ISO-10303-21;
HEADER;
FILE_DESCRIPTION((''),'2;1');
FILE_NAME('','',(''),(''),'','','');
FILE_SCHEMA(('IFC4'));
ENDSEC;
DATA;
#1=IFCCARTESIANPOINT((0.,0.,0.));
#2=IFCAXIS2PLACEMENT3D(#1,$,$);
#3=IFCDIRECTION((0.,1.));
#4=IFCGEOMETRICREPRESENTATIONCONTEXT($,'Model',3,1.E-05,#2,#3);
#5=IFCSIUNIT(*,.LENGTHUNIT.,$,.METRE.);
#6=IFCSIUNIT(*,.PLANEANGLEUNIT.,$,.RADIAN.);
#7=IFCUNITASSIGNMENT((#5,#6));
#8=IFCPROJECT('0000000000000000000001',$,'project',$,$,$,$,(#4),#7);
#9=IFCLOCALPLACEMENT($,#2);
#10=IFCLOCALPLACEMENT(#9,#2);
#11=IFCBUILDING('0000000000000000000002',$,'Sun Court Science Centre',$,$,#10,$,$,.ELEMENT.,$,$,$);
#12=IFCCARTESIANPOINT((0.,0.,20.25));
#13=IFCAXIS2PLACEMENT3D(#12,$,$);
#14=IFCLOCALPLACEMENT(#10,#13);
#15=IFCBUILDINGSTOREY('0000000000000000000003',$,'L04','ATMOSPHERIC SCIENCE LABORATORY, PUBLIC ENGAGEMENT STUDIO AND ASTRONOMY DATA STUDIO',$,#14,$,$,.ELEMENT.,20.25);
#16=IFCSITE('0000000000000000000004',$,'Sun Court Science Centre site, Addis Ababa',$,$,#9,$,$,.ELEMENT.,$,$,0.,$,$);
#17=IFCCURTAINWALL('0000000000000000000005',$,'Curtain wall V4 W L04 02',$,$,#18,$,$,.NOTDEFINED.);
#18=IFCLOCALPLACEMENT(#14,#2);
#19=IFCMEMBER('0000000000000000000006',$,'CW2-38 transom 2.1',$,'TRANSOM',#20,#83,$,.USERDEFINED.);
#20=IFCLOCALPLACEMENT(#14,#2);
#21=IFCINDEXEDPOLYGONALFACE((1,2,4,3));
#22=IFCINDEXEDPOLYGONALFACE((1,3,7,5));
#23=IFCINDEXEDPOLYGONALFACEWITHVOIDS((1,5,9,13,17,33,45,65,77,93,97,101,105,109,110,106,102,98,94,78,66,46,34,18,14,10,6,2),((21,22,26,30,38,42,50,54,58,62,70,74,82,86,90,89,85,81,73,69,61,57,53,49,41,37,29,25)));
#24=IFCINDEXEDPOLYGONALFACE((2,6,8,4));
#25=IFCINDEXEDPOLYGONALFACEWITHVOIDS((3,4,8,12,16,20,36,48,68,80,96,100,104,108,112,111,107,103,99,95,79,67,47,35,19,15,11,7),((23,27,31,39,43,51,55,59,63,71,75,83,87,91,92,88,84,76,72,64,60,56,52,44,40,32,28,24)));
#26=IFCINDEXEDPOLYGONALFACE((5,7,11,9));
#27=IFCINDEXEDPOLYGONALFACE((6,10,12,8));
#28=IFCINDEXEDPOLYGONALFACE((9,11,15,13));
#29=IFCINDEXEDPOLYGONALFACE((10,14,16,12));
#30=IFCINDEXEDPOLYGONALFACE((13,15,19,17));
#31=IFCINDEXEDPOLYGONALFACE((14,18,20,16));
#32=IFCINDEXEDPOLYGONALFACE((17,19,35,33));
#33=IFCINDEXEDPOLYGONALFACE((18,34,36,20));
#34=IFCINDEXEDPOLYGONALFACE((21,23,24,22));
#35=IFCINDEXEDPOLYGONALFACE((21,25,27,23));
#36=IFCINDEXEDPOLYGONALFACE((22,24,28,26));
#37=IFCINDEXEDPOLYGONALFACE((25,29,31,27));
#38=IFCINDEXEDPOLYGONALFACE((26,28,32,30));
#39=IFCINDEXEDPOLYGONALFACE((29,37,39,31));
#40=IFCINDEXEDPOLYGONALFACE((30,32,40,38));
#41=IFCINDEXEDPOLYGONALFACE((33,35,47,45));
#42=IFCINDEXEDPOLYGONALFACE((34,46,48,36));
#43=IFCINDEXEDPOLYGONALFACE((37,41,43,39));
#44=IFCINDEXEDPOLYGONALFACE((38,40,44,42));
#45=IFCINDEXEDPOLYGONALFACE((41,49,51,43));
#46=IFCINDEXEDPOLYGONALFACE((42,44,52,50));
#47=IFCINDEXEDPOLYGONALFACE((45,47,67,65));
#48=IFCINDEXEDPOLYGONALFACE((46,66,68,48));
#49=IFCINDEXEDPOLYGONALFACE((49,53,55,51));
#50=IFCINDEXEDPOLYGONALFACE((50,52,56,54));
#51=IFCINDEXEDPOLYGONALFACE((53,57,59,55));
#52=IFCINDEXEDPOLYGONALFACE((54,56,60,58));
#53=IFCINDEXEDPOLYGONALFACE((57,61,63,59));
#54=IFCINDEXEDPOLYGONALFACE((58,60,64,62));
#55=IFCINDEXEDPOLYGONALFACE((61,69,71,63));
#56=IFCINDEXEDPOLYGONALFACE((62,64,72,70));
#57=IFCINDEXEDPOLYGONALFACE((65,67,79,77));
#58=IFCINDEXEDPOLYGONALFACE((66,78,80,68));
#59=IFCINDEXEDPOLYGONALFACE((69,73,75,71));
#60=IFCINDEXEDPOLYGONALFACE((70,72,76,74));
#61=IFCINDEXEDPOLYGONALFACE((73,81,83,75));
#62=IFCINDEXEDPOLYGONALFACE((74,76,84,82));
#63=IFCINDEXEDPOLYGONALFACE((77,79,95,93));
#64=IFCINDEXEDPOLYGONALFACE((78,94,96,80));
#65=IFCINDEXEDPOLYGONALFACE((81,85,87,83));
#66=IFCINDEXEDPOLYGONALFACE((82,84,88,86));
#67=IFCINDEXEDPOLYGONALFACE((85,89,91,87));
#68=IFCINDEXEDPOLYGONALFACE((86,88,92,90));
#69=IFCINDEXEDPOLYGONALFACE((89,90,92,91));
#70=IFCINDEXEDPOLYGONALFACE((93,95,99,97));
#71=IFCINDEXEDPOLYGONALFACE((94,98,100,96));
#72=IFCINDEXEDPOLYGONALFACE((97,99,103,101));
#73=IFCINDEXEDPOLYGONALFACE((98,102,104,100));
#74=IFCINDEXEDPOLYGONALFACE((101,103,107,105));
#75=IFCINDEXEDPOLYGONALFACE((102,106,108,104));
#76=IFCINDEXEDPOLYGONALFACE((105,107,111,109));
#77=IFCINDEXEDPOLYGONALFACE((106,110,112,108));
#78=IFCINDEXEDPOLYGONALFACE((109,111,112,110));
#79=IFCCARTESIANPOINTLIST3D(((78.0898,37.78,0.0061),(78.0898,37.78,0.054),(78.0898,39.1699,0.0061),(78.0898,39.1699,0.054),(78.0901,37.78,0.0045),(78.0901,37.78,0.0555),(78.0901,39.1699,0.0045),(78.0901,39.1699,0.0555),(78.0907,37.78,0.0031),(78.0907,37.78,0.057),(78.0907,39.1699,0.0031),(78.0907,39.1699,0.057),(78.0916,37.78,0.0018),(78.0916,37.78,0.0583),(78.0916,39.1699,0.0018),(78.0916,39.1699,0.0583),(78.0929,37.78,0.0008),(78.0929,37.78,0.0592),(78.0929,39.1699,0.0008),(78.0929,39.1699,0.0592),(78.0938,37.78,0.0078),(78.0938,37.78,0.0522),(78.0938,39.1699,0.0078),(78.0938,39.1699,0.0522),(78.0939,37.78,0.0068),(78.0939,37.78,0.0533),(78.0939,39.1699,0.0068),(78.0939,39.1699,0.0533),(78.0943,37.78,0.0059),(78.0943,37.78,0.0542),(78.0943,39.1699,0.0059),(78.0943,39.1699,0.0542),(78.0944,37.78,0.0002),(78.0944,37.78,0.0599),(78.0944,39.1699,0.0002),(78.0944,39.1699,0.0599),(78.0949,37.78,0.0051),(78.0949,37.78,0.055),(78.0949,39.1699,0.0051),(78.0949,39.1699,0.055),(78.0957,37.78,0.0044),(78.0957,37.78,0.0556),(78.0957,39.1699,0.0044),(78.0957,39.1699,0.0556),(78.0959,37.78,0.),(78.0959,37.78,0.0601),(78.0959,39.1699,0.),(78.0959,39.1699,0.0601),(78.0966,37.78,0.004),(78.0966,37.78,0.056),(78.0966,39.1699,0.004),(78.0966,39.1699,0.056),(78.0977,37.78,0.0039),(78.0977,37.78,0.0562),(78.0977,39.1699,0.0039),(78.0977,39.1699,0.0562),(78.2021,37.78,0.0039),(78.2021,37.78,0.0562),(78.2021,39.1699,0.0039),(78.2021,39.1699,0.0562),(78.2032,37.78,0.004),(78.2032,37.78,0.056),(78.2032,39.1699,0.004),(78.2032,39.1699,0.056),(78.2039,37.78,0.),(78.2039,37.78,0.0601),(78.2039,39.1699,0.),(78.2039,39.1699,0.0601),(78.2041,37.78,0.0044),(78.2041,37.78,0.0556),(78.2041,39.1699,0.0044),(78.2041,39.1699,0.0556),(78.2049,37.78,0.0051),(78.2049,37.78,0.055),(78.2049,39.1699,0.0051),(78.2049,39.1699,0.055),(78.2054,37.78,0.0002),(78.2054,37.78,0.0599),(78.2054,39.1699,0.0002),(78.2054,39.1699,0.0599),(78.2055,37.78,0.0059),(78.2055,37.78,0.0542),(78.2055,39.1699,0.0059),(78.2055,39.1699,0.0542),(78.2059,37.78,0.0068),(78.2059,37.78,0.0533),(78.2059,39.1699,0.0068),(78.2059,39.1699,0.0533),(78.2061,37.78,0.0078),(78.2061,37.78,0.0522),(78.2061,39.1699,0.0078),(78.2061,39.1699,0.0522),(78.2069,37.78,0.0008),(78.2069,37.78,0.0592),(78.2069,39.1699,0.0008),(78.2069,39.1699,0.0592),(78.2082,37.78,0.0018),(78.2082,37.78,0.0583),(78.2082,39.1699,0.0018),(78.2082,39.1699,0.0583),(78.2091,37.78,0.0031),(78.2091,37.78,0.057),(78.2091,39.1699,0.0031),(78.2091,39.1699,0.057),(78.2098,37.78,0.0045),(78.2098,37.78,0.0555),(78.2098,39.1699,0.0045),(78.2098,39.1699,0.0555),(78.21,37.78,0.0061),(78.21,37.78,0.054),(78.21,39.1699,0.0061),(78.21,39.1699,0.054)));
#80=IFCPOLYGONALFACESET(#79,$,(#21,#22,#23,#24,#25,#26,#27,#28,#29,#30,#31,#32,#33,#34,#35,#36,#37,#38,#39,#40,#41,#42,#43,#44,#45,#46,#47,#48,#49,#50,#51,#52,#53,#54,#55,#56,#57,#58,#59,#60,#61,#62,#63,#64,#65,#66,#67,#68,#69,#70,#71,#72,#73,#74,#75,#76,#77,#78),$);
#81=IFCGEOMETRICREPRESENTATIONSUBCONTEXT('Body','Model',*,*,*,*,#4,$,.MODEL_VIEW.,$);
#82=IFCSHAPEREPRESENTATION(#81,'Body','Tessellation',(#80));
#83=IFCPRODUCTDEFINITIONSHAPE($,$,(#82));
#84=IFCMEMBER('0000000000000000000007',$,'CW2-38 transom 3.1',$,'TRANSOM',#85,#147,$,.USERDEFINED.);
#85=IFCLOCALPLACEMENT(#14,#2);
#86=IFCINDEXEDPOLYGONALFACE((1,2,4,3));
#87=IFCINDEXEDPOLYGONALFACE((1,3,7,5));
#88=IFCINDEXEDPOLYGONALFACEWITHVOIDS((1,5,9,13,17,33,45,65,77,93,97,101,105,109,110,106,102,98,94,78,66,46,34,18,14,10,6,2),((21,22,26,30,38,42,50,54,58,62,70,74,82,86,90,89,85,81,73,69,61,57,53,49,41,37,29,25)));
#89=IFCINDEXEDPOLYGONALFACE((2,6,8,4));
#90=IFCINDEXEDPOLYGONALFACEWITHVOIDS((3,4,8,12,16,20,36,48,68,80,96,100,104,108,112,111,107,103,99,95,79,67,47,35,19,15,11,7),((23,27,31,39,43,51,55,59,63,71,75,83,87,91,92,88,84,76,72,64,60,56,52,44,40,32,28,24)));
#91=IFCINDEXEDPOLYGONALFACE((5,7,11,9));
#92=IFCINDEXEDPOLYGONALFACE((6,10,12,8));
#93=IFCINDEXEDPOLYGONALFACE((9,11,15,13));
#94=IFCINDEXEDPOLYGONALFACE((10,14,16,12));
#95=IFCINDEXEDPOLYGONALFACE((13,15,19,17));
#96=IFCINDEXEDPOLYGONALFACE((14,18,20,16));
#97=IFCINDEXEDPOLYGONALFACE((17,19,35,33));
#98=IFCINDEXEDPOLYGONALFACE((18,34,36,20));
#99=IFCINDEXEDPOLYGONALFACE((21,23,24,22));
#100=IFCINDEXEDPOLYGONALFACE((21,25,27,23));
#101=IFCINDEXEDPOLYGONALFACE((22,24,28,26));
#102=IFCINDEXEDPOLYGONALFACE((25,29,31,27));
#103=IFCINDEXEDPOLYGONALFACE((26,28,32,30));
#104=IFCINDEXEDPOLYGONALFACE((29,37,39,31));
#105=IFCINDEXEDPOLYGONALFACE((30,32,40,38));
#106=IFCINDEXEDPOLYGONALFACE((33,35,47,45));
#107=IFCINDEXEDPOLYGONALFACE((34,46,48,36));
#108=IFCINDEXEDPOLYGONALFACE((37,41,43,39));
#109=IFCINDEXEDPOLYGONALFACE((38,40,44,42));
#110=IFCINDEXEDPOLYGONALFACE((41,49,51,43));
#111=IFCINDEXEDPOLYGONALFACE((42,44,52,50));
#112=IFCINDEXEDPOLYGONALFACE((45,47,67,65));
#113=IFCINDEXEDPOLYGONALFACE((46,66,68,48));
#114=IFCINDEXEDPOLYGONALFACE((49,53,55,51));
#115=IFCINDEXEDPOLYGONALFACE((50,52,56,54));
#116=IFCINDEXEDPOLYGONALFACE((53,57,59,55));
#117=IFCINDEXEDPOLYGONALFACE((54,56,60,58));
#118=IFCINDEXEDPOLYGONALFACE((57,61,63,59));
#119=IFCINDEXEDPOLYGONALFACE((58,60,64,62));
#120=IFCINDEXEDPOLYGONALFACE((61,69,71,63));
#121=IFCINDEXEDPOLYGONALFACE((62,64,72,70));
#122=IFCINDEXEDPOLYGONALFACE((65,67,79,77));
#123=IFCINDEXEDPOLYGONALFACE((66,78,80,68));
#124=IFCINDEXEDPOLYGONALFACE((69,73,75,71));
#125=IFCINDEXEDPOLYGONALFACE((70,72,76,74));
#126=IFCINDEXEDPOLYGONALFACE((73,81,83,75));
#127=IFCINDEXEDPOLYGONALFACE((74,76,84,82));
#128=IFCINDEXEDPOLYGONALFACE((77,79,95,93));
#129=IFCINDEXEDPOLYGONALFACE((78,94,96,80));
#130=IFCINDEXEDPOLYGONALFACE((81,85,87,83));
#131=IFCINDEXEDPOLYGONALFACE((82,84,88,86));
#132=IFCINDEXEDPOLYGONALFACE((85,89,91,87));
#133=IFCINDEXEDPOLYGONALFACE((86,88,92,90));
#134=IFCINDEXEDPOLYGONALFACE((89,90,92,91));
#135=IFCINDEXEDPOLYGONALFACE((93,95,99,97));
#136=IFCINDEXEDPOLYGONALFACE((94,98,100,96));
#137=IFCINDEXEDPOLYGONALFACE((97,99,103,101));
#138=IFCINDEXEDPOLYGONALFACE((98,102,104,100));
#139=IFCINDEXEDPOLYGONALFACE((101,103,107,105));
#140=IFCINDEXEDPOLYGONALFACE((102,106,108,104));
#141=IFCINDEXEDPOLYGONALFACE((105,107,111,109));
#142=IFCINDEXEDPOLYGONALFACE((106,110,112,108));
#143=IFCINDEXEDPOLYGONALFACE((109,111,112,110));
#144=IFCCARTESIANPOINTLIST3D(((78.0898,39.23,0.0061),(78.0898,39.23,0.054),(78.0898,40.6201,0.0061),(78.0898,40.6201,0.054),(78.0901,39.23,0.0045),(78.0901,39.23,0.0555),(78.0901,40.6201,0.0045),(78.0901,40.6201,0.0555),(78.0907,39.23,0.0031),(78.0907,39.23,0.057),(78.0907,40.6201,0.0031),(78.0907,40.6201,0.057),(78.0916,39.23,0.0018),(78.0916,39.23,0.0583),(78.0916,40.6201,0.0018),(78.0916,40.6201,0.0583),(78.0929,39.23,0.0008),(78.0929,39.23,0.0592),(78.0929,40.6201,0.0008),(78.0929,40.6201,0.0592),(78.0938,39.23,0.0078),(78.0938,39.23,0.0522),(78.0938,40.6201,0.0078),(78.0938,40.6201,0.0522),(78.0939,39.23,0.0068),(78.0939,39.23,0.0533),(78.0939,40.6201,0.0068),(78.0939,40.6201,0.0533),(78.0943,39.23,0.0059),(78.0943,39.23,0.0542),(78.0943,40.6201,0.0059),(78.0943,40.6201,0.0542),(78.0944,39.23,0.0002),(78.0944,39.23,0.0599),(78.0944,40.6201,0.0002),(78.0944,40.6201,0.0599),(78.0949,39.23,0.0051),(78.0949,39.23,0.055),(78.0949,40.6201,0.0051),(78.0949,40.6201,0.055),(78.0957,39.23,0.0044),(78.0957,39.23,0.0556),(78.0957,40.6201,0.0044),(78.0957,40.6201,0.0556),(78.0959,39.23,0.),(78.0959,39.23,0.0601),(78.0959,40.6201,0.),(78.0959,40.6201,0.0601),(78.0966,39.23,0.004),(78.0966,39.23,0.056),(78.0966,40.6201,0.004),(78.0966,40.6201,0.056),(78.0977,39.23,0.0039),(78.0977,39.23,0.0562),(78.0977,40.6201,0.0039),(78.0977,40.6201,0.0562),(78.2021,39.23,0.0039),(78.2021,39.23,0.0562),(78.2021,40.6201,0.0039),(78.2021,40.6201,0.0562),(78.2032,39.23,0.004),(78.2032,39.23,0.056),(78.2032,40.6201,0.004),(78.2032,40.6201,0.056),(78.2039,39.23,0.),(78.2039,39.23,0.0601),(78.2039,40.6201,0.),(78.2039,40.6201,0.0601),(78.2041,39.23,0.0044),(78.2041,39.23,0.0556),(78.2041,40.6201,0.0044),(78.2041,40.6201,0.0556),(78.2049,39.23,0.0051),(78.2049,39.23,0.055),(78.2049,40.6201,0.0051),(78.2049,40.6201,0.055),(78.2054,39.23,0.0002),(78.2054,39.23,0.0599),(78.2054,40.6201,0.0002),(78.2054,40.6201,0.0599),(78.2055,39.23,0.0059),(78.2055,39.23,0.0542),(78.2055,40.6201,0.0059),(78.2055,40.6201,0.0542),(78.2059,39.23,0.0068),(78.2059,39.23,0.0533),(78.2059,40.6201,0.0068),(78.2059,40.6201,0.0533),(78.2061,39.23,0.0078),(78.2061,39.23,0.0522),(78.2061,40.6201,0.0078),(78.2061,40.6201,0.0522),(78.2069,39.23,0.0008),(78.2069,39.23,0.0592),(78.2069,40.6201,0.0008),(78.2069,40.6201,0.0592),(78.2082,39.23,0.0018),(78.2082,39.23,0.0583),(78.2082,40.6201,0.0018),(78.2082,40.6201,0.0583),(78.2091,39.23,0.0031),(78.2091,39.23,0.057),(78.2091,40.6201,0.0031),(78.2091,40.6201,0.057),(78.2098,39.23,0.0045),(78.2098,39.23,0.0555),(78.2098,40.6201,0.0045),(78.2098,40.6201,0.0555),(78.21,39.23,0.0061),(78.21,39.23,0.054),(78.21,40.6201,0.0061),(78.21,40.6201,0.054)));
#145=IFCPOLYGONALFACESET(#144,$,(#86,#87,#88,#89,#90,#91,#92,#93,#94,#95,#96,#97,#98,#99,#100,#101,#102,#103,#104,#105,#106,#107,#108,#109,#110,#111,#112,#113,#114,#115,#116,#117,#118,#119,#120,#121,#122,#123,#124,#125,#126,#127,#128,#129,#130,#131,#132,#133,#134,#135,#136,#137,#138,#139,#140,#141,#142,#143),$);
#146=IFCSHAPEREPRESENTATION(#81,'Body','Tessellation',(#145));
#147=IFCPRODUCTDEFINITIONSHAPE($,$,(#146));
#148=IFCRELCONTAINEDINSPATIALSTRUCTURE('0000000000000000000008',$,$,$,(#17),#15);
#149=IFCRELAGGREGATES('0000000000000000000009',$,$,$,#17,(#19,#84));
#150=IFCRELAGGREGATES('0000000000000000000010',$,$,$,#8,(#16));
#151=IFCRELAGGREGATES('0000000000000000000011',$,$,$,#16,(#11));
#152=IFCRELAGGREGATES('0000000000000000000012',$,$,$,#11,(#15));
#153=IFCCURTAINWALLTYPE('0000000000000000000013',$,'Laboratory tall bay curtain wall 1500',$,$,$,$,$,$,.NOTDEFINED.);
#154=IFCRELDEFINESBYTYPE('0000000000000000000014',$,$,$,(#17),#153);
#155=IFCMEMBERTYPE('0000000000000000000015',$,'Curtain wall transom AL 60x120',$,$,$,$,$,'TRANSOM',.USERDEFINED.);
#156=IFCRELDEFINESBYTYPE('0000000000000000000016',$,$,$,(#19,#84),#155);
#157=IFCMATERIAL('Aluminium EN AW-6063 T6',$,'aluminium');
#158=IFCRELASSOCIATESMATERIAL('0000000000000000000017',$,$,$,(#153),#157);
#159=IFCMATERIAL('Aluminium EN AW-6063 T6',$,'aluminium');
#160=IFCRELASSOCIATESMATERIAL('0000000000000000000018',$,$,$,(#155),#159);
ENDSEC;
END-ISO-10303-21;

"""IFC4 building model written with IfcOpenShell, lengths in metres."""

from ifc_helpers import new_model, si_unit, direction, frame, origin, origin_2d, place, context, subcontext, project, spatial, hollow_rectangle, extrude, material, material_profile, profile_set, type_object, element, aggregate, save


model = new_model("IFC4")

# Units and contexts
model_context = context("Model", 3, precision=1e-05, world=origin(), true_north=direction((0.0, 1.0)))
body_context = subcontext(model_context, "Body", "Model", "MODEL_VIEW")
ifc_project = project(units=[si_unit("LENGTHUNIT", "METRE"), si_unit("PLANEANGLEUNIT", "RADIAN")], contexts=[model_context])

# Site, building, storey
site_placement = place(None, origin())
site = spatial("IfcSite", under=ifc_project, at=site_placement, Name="Sun Court Science Centre site, Addis Ababa", CompositionType="ELEMENT", RefElevation=0.0)
building_placement = place(site_placement, origin())
building = spatial("IfcBuilding", under=site, at=building_placement, Name="Sun Court Science Centre", CompositionType="ELEMENT")
storey_placement = place(building_placement, frame((0.0, 0.0, 20.25)))
storey = spatial("IfcBuildingStorey", under=building, at=storey_placement, Name="L04", Description="ATMOSPHERIC SCIENCE LABORATORY, PUBLIC ENGAGEMENT STUDIO AND ASTRONOMY DATA STUDIO", CompositionType="ELEMENT", Elevation=20.25)

# Shared definitions
ifc_material_1 = material(Name="Aluminium EN AW-6063 T6", Category="aluminium")
curtain_wall_type = type_object("IfcCurtainWallType", Name="Laboratory tall bay curtain wall 1500", PredefinedType="NOTDEFINED", material=ifc_material_1)

# Curtain wall
curtain_wall_1_placement = place(storey_placement, origin())
curtain_wall_1 = element("IfcCurtainWall", 1, at=curtain_wall_1_placement, inside=storey, type_object=curtain_wall_type, Name="Curtain wall V4 W L04 02", PredefinedType="NOTDEFINED")

# Members
ifc_material_2 = material(Name="Aluminium EN AW-6063 T6", Category="aluminium")
ifc_material_profile_1 = material_profile(ifc_material_2, hollow_rectangle(XDim=0.0601, YDim=0.1201, WallThickness=0.0039, InnerFilletRadius=0.0039, OuterFilletRadius=0.0061, at=origin_2d()), Name="AL 60x120x4")
ifc_profile_set_1 = profile_set([ifc_material_profile_1], Name="Aluminium EN AW-6063 T6")
member_type_1 = type_object("IfcMemberType", Name="Curtain wall transom AL 60x120", ElementType="TRANSOM", PredefinedType="USERDEFINED", material=ifc_profile_set_1)
member_1_placement = place(storey_placement, frame((78.1499, 37.78, 0.03), z_axis=(0.0, 1.0, 0.0), x_axis=(0.0, 0.0, 1.0)))
member_1 = element("IfcMember", 2, at=member_1_placement, type_object=member_type_1, Name="CW2-38 transom 2.1", ObjectType="TRANSOM", PredefinedType="USERDEFINED", context=body_context, shape_type="SweptSolid", body=[
    extrude(hollow_rectangle(XDim=0.0601, YDim=0.1201, WallThickness=0.0039, InnerFilletRadius=0.0039, OuterFilletRadius=0.0061, at=origin_2d()), origin(), (0.0, 0.0, 1.0), 1.3899),
])
member_2_placement = place(storey_placement, frame((78.1499, 39.23, 0.03), z_axis=(0.0, 1.0, 0.0), x_axis=(0.0, 0.0, 1.0)))
member_2 = element("IfcMember", 3, at=member_2_placement, type_object=member_type_1, Name="CW2-38 transom 3.1", ObjectType="TRANSOM", PredefinedType="USERDEFINED", context=body_context, shape_type="SweptSolid", body=[
    extrude(hollow_rectangle(XDim=0.0601, YDim=0.1201, WallThickness=0.0039, InnerFilletRadius=0.0039, OuterFilletRadius=0.0061, at=origin_2d()), origin(), (0.0, 0.0, 1.0), 1.3901),
])

aggregate(curtain_wall_1, [member_1, member_2])

save(model, "model.ifc")
